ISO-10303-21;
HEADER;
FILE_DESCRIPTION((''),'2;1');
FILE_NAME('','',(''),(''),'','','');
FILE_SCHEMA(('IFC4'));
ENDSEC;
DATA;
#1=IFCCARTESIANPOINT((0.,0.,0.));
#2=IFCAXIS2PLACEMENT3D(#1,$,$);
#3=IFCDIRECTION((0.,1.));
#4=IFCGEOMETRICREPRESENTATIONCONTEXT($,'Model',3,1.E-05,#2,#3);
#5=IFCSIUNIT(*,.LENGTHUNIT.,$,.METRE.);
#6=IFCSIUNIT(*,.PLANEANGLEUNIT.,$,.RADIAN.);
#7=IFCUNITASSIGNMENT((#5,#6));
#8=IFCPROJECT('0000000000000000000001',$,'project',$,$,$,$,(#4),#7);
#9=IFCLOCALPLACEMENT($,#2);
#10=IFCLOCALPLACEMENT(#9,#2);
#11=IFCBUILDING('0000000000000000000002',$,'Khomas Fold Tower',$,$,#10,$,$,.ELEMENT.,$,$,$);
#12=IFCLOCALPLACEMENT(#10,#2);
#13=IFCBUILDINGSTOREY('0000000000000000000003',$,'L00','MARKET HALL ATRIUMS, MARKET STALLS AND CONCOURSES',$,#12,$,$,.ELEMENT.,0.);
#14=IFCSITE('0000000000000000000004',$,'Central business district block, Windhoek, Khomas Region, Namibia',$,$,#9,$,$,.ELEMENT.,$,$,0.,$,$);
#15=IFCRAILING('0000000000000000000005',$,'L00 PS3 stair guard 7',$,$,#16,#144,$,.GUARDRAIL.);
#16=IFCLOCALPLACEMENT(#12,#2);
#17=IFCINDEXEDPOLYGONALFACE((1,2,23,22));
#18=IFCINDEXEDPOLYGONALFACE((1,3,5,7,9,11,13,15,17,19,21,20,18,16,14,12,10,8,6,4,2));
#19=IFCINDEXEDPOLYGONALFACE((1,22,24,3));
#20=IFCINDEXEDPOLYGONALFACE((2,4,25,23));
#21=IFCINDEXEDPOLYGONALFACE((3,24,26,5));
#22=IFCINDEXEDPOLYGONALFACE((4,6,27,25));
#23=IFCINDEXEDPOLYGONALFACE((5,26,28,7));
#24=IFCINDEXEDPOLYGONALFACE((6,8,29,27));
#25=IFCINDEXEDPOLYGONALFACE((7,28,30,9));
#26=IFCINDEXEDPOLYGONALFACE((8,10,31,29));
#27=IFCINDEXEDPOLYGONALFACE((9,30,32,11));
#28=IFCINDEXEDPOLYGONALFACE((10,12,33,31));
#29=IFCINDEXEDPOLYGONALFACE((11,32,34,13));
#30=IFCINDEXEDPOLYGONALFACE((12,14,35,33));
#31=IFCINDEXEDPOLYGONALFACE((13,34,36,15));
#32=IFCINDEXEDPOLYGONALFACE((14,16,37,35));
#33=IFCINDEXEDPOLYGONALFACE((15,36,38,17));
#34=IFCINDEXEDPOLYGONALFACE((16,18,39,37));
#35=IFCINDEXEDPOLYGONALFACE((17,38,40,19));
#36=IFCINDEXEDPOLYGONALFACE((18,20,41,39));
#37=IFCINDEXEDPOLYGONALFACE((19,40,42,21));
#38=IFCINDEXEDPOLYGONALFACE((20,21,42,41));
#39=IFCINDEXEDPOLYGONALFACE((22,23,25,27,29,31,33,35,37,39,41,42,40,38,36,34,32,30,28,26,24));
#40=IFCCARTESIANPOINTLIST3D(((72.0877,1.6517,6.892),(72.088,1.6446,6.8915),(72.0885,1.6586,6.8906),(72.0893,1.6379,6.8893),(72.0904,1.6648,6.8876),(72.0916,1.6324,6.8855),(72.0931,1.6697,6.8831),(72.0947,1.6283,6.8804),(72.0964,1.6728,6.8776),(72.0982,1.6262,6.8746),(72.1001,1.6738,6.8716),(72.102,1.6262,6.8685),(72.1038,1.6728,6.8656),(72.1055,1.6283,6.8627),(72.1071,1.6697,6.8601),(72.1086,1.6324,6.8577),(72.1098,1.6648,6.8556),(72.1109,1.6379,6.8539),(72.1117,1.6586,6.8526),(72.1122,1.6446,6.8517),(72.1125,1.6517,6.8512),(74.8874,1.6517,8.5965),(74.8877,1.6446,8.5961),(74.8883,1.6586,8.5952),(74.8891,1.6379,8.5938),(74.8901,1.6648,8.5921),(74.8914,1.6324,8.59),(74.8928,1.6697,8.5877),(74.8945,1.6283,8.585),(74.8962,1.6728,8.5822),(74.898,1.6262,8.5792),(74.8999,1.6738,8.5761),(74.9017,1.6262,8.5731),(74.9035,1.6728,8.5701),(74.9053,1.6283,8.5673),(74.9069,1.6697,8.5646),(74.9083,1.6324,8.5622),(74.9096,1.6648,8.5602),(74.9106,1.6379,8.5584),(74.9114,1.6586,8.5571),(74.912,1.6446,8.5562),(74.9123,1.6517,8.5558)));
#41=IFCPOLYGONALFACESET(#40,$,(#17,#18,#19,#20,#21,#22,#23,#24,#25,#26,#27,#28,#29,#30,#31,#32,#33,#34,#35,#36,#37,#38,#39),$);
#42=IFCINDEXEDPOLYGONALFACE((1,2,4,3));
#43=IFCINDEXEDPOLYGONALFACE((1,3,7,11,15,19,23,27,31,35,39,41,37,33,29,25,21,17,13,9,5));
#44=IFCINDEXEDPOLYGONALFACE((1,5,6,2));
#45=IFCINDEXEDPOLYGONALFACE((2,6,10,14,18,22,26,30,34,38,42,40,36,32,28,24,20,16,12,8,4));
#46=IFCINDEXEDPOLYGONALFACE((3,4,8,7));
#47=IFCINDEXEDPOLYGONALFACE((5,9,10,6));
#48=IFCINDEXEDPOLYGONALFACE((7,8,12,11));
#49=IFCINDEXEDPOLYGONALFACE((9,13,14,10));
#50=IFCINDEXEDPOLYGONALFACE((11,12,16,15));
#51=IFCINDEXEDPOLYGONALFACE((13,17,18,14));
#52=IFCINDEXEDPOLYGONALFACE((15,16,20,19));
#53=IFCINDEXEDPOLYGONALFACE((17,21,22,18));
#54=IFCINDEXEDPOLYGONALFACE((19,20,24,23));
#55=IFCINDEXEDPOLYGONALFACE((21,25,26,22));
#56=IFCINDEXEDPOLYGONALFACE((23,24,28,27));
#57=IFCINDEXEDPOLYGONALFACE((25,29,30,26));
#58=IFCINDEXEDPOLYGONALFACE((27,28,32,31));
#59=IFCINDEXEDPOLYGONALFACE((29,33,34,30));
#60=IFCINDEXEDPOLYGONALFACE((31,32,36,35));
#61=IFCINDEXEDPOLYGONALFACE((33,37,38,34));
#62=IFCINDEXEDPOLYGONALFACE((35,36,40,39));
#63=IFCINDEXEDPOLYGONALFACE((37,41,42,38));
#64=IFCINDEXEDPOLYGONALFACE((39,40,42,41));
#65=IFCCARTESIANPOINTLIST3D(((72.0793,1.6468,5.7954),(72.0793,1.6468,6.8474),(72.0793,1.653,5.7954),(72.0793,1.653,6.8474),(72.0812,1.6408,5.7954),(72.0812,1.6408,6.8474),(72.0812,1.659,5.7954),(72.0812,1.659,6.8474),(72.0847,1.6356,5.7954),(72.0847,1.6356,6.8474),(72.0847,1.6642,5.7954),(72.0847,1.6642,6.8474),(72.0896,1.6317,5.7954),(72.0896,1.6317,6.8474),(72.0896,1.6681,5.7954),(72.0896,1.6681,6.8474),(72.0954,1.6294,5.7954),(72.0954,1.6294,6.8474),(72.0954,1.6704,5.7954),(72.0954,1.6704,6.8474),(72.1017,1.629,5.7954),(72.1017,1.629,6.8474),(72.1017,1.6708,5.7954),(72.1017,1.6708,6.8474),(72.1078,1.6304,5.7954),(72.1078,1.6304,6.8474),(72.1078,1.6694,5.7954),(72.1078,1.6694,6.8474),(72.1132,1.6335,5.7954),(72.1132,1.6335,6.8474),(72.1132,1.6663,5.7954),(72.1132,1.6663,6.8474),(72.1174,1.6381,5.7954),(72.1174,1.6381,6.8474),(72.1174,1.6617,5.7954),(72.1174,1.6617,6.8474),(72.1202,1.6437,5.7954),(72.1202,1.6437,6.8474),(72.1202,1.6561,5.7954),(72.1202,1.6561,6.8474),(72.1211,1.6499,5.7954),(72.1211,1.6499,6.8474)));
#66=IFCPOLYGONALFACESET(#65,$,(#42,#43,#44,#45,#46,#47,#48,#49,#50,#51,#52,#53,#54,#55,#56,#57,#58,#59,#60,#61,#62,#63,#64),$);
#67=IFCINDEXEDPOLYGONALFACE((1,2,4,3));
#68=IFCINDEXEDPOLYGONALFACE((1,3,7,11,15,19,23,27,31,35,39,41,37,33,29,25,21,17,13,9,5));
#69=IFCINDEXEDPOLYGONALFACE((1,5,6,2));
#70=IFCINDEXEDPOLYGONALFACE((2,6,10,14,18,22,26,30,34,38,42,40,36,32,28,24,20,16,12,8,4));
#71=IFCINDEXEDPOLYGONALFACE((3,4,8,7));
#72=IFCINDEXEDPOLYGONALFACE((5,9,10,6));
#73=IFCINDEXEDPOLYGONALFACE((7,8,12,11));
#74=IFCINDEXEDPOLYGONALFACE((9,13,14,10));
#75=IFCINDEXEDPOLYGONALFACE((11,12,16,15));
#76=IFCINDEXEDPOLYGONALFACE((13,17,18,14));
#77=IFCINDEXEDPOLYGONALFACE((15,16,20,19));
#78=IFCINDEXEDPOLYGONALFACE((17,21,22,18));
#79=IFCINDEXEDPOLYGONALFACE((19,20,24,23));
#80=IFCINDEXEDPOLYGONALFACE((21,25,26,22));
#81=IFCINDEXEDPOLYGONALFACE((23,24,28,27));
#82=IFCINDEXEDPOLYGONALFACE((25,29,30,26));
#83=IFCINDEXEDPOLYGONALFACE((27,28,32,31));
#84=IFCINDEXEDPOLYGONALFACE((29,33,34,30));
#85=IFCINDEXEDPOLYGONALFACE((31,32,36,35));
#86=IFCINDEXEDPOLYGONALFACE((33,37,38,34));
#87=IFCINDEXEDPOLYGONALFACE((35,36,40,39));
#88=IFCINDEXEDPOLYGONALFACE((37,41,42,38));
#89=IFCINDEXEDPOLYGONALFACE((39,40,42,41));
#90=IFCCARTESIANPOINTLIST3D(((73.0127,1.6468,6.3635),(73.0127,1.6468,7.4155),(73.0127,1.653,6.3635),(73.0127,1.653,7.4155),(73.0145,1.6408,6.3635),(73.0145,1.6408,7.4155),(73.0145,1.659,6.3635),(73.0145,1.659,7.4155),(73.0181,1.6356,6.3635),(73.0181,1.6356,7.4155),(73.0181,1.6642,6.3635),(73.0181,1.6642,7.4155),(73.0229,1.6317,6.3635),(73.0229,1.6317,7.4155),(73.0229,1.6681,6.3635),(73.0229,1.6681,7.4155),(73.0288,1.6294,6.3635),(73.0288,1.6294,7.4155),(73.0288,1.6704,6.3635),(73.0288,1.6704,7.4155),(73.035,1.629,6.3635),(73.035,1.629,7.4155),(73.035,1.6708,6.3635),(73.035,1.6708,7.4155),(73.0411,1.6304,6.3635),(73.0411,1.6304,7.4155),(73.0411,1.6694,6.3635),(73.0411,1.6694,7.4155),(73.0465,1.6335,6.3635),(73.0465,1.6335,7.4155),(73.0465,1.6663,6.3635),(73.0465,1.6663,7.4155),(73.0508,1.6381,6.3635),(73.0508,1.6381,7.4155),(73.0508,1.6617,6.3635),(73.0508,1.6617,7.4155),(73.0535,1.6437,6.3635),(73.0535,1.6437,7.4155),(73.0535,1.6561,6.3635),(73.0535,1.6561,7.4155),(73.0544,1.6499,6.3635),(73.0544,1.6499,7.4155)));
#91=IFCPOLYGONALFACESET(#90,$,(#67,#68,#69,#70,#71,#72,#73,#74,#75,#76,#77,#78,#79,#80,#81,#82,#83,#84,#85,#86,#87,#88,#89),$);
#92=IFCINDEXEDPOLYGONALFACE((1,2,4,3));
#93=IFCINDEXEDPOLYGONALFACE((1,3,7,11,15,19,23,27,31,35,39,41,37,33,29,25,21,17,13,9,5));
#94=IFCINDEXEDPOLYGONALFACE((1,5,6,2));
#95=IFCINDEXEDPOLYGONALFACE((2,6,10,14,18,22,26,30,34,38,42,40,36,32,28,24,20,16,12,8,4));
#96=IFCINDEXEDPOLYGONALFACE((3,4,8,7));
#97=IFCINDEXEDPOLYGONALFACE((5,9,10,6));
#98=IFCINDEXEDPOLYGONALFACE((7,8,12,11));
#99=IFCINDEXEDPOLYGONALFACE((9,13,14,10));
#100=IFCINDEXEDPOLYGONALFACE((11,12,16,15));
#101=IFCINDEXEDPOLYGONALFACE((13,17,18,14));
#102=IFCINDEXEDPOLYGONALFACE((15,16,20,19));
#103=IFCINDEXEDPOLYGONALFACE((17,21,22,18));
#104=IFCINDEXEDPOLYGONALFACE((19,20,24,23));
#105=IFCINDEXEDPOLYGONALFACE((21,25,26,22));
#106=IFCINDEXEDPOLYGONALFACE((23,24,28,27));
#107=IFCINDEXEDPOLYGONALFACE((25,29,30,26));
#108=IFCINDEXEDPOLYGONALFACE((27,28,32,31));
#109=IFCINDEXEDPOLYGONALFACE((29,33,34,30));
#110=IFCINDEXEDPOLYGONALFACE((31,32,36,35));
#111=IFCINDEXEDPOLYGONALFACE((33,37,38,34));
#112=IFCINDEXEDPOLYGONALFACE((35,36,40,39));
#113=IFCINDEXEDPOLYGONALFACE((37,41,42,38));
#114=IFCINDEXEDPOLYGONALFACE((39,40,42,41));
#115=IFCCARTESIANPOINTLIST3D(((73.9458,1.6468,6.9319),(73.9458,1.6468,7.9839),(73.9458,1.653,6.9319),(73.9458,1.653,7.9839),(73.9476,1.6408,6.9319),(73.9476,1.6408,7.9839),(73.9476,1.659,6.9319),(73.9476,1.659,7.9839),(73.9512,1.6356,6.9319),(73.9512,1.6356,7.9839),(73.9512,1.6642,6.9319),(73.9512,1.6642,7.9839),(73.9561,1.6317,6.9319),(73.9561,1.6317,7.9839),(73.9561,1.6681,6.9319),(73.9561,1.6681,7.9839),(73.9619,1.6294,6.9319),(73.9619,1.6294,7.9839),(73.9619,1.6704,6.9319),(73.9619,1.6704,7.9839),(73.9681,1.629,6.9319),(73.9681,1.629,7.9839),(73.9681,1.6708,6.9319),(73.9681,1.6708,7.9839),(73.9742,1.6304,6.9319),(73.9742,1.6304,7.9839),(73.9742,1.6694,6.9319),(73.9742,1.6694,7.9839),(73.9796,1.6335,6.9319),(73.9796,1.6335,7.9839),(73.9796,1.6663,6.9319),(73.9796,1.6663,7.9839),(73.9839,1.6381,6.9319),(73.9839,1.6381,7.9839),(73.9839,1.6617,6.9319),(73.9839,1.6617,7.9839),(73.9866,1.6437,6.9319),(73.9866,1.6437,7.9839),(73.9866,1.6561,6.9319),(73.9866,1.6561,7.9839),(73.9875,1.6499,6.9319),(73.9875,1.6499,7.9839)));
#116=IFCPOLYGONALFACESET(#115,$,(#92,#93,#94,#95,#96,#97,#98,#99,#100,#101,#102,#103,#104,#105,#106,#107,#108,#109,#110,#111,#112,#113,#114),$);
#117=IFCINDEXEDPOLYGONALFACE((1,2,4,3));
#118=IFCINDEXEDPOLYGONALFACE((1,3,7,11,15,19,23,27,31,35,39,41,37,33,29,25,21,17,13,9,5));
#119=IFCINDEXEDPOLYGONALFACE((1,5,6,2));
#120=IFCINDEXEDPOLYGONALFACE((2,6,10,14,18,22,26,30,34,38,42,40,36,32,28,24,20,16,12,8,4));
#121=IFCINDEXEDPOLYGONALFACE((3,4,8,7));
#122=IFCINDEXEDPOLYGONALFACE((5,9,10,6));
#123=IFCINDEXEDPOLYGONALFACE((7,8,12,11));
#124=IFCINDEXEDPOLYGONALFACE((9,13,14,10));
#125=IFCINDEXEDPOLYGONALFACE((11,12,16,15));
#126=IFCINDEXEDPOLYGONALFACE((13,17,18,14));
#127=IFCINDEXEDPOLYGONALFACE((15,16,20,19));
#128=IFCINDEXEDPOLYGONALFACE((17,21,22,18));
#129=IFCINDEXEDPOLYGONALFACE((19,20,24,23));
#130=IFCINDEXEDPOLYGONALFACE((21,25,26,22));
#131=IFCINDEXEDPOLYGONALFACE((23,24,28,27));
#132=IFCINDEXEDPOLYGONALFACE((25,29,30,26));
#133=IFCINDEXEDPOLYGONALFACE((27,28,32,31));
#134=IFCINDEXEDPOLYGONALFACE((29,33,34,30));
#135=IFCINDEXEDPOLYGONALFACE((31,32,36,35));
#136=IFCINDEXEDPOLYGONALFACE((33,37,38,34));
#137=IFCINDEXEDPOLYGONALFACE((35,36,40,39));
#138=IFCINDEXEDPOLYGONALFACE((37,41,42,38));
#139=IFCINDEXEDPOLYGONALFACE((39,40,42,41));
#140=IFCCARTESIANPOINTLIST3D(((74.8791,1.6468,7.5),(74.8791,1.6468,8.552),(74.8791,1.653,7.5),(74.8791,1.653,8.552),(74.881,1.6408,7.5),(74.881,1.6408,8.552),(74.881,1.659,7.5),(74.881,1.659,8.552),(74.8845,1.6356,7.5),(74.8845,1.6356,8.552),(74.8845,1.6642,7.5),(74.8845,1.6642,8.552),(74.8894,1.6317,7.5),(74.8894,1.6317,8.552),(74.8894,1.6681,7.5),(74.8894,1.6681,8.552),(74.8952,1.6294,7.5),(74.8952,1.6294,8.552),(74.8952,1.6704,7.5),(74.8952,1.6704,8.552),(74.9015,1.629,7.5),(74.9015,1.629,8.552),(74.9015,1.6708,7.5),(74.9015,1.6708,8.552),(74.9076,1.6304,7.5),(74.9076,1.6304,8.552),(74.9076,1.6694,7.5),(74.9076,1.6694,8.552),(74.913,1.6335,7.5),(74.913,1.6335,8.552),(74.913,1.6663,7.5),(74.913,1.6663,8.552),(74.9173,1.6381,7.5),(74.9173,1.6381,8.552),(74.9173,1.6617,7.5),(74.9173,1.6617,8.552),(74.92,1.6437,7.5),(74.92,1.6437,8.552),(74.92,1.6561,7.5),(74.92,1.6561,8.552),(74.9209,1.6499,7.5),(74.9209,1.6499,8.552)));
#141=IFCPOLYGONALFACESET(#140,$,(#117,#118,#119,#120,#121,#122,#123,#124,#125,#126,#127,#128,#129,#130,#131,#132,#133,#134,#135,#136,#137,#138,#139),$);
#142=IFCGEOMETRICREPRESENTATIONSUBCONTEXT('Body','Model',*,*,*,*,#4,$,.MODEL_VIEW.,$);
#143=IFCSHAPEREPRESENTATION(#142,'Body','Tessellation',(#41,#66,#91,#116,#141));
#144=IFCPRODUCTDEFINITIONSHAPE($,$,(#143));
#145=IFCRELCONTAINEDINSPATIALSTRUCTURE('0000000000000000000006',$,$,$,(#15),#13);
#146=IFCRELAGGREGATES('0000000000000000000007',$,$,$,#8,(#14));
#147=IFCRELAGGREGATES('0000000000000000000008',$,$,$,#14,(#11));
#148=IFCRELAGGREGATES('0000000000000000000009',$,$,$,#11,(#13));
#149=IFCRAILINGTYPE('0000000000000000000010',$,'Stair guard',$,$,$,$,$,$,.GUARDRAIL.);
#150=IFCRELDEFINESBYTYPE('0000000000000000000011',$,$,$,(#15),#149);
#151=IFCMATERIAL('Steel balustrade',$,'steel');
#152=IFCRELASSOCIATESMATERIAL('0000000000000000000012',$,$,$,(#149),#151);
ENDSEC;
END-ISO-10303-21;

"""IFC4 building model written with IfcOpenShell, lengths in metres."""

from ifc_helpers import new_model, si_unit, direction, frame, origin, origin_2d, place, context, subcontext, project, spatial, circle, extrude, source, transform, mapped, material, type_object, element, save


model = new_model("IFC4")

# Units and contexts
model_context = context("Model", 3, precision=1e-05, world=origin(), true_north=direction((0.0, 1.0)))
body_context = subcontext(model_context, "Body", "Model", "MODEL_VIEW")
ifc_project = project(units=[si_unit("LENGTHUNIT", "METRE"), si_unit("PLANEANGLEUNIT", "RADIAN")], contexts=[model_context])

# Site, building, storey
site_placement = place(None, origin())
site = spatial("IfcSite", under=ifc_project, at=site_placement, Name="Central business district block, Windhoek, Khomas Region, Namibia", CompositionType="ELEMENT", RefElevation=0.0)
building_placement = place(site_placement, origin())
building = spatial("IfcBuilding", under=site, at=building_placement, Name="Khomas Fold Tower", CompositionType="ELEMENT")
storey_placement = place(building_placement, origin())
storey = spatial("IfcBuildingStorey", under=building, at=storey_placement, Name="L00", Description="MARKET HALL ATRIUMS, MARKET STALLS AND CONCOURSES", CompositionType="ELEMENT", Elevation=0.0)

# Railing
ifc_material_1 = material(Name="Steel balustrade", Category="steel")
railing_type_1 = type_object("IfcRailingType", Name="Stair guard", PredefinedType="GUARDRAIL", material=ifc_material_1)
shared_shape_1 = source(origin(), body_context, "Body", "SweptSolid", [
    extrude(circle(Radius=0.0239, at=origin_2d()), frame((0.0, 0.0, 1.0762), z_axis=(0.85415, 0.0, 0.520027), x_axis=(0.0, 1.0, 0.0)), (0.0, 0.0, 1.0), 3.2778),
    extrude(circle(Radius=0.021, at=origin_2d()), origin(), (0.0, 0.0, 1.0), 1.052),
    extrude(circle(Radius=0.021, at=origin_2d()), frame((0.9333, 0.0, 0.5681)), (0.0, 0.0, 1.0), 1.052),
    extrude(circle(Radius=0.021, at=origin_2d()), frame((1.8665, 0.0, 1.1365)), (0.0, 0.0, 1.0), 1.052),
    extrude(circle(Radius=0.021, at=origin_2d()), frame((2.7998, 0.0, 1.7046)), (0.0, 0.0, 1.0), 1.052),
])
for number, where, name in (
    (1, (72.1001, 1.6499, 5.7954), "L00 PS3 stair guard 7"),
):
    element("IfcRailing", number, at=place(storey_placement, frame(where)), inside=storey, type_object=railing_type_1, Name=name, PredefinedType="GUARDRAIL", context=body_context, shape_type="MappedRepresentation", body=[
        mapped(shared_shape_1, transform((0.0, 0.0, 0.0))),
    ])

save(model, "model.ifc")
